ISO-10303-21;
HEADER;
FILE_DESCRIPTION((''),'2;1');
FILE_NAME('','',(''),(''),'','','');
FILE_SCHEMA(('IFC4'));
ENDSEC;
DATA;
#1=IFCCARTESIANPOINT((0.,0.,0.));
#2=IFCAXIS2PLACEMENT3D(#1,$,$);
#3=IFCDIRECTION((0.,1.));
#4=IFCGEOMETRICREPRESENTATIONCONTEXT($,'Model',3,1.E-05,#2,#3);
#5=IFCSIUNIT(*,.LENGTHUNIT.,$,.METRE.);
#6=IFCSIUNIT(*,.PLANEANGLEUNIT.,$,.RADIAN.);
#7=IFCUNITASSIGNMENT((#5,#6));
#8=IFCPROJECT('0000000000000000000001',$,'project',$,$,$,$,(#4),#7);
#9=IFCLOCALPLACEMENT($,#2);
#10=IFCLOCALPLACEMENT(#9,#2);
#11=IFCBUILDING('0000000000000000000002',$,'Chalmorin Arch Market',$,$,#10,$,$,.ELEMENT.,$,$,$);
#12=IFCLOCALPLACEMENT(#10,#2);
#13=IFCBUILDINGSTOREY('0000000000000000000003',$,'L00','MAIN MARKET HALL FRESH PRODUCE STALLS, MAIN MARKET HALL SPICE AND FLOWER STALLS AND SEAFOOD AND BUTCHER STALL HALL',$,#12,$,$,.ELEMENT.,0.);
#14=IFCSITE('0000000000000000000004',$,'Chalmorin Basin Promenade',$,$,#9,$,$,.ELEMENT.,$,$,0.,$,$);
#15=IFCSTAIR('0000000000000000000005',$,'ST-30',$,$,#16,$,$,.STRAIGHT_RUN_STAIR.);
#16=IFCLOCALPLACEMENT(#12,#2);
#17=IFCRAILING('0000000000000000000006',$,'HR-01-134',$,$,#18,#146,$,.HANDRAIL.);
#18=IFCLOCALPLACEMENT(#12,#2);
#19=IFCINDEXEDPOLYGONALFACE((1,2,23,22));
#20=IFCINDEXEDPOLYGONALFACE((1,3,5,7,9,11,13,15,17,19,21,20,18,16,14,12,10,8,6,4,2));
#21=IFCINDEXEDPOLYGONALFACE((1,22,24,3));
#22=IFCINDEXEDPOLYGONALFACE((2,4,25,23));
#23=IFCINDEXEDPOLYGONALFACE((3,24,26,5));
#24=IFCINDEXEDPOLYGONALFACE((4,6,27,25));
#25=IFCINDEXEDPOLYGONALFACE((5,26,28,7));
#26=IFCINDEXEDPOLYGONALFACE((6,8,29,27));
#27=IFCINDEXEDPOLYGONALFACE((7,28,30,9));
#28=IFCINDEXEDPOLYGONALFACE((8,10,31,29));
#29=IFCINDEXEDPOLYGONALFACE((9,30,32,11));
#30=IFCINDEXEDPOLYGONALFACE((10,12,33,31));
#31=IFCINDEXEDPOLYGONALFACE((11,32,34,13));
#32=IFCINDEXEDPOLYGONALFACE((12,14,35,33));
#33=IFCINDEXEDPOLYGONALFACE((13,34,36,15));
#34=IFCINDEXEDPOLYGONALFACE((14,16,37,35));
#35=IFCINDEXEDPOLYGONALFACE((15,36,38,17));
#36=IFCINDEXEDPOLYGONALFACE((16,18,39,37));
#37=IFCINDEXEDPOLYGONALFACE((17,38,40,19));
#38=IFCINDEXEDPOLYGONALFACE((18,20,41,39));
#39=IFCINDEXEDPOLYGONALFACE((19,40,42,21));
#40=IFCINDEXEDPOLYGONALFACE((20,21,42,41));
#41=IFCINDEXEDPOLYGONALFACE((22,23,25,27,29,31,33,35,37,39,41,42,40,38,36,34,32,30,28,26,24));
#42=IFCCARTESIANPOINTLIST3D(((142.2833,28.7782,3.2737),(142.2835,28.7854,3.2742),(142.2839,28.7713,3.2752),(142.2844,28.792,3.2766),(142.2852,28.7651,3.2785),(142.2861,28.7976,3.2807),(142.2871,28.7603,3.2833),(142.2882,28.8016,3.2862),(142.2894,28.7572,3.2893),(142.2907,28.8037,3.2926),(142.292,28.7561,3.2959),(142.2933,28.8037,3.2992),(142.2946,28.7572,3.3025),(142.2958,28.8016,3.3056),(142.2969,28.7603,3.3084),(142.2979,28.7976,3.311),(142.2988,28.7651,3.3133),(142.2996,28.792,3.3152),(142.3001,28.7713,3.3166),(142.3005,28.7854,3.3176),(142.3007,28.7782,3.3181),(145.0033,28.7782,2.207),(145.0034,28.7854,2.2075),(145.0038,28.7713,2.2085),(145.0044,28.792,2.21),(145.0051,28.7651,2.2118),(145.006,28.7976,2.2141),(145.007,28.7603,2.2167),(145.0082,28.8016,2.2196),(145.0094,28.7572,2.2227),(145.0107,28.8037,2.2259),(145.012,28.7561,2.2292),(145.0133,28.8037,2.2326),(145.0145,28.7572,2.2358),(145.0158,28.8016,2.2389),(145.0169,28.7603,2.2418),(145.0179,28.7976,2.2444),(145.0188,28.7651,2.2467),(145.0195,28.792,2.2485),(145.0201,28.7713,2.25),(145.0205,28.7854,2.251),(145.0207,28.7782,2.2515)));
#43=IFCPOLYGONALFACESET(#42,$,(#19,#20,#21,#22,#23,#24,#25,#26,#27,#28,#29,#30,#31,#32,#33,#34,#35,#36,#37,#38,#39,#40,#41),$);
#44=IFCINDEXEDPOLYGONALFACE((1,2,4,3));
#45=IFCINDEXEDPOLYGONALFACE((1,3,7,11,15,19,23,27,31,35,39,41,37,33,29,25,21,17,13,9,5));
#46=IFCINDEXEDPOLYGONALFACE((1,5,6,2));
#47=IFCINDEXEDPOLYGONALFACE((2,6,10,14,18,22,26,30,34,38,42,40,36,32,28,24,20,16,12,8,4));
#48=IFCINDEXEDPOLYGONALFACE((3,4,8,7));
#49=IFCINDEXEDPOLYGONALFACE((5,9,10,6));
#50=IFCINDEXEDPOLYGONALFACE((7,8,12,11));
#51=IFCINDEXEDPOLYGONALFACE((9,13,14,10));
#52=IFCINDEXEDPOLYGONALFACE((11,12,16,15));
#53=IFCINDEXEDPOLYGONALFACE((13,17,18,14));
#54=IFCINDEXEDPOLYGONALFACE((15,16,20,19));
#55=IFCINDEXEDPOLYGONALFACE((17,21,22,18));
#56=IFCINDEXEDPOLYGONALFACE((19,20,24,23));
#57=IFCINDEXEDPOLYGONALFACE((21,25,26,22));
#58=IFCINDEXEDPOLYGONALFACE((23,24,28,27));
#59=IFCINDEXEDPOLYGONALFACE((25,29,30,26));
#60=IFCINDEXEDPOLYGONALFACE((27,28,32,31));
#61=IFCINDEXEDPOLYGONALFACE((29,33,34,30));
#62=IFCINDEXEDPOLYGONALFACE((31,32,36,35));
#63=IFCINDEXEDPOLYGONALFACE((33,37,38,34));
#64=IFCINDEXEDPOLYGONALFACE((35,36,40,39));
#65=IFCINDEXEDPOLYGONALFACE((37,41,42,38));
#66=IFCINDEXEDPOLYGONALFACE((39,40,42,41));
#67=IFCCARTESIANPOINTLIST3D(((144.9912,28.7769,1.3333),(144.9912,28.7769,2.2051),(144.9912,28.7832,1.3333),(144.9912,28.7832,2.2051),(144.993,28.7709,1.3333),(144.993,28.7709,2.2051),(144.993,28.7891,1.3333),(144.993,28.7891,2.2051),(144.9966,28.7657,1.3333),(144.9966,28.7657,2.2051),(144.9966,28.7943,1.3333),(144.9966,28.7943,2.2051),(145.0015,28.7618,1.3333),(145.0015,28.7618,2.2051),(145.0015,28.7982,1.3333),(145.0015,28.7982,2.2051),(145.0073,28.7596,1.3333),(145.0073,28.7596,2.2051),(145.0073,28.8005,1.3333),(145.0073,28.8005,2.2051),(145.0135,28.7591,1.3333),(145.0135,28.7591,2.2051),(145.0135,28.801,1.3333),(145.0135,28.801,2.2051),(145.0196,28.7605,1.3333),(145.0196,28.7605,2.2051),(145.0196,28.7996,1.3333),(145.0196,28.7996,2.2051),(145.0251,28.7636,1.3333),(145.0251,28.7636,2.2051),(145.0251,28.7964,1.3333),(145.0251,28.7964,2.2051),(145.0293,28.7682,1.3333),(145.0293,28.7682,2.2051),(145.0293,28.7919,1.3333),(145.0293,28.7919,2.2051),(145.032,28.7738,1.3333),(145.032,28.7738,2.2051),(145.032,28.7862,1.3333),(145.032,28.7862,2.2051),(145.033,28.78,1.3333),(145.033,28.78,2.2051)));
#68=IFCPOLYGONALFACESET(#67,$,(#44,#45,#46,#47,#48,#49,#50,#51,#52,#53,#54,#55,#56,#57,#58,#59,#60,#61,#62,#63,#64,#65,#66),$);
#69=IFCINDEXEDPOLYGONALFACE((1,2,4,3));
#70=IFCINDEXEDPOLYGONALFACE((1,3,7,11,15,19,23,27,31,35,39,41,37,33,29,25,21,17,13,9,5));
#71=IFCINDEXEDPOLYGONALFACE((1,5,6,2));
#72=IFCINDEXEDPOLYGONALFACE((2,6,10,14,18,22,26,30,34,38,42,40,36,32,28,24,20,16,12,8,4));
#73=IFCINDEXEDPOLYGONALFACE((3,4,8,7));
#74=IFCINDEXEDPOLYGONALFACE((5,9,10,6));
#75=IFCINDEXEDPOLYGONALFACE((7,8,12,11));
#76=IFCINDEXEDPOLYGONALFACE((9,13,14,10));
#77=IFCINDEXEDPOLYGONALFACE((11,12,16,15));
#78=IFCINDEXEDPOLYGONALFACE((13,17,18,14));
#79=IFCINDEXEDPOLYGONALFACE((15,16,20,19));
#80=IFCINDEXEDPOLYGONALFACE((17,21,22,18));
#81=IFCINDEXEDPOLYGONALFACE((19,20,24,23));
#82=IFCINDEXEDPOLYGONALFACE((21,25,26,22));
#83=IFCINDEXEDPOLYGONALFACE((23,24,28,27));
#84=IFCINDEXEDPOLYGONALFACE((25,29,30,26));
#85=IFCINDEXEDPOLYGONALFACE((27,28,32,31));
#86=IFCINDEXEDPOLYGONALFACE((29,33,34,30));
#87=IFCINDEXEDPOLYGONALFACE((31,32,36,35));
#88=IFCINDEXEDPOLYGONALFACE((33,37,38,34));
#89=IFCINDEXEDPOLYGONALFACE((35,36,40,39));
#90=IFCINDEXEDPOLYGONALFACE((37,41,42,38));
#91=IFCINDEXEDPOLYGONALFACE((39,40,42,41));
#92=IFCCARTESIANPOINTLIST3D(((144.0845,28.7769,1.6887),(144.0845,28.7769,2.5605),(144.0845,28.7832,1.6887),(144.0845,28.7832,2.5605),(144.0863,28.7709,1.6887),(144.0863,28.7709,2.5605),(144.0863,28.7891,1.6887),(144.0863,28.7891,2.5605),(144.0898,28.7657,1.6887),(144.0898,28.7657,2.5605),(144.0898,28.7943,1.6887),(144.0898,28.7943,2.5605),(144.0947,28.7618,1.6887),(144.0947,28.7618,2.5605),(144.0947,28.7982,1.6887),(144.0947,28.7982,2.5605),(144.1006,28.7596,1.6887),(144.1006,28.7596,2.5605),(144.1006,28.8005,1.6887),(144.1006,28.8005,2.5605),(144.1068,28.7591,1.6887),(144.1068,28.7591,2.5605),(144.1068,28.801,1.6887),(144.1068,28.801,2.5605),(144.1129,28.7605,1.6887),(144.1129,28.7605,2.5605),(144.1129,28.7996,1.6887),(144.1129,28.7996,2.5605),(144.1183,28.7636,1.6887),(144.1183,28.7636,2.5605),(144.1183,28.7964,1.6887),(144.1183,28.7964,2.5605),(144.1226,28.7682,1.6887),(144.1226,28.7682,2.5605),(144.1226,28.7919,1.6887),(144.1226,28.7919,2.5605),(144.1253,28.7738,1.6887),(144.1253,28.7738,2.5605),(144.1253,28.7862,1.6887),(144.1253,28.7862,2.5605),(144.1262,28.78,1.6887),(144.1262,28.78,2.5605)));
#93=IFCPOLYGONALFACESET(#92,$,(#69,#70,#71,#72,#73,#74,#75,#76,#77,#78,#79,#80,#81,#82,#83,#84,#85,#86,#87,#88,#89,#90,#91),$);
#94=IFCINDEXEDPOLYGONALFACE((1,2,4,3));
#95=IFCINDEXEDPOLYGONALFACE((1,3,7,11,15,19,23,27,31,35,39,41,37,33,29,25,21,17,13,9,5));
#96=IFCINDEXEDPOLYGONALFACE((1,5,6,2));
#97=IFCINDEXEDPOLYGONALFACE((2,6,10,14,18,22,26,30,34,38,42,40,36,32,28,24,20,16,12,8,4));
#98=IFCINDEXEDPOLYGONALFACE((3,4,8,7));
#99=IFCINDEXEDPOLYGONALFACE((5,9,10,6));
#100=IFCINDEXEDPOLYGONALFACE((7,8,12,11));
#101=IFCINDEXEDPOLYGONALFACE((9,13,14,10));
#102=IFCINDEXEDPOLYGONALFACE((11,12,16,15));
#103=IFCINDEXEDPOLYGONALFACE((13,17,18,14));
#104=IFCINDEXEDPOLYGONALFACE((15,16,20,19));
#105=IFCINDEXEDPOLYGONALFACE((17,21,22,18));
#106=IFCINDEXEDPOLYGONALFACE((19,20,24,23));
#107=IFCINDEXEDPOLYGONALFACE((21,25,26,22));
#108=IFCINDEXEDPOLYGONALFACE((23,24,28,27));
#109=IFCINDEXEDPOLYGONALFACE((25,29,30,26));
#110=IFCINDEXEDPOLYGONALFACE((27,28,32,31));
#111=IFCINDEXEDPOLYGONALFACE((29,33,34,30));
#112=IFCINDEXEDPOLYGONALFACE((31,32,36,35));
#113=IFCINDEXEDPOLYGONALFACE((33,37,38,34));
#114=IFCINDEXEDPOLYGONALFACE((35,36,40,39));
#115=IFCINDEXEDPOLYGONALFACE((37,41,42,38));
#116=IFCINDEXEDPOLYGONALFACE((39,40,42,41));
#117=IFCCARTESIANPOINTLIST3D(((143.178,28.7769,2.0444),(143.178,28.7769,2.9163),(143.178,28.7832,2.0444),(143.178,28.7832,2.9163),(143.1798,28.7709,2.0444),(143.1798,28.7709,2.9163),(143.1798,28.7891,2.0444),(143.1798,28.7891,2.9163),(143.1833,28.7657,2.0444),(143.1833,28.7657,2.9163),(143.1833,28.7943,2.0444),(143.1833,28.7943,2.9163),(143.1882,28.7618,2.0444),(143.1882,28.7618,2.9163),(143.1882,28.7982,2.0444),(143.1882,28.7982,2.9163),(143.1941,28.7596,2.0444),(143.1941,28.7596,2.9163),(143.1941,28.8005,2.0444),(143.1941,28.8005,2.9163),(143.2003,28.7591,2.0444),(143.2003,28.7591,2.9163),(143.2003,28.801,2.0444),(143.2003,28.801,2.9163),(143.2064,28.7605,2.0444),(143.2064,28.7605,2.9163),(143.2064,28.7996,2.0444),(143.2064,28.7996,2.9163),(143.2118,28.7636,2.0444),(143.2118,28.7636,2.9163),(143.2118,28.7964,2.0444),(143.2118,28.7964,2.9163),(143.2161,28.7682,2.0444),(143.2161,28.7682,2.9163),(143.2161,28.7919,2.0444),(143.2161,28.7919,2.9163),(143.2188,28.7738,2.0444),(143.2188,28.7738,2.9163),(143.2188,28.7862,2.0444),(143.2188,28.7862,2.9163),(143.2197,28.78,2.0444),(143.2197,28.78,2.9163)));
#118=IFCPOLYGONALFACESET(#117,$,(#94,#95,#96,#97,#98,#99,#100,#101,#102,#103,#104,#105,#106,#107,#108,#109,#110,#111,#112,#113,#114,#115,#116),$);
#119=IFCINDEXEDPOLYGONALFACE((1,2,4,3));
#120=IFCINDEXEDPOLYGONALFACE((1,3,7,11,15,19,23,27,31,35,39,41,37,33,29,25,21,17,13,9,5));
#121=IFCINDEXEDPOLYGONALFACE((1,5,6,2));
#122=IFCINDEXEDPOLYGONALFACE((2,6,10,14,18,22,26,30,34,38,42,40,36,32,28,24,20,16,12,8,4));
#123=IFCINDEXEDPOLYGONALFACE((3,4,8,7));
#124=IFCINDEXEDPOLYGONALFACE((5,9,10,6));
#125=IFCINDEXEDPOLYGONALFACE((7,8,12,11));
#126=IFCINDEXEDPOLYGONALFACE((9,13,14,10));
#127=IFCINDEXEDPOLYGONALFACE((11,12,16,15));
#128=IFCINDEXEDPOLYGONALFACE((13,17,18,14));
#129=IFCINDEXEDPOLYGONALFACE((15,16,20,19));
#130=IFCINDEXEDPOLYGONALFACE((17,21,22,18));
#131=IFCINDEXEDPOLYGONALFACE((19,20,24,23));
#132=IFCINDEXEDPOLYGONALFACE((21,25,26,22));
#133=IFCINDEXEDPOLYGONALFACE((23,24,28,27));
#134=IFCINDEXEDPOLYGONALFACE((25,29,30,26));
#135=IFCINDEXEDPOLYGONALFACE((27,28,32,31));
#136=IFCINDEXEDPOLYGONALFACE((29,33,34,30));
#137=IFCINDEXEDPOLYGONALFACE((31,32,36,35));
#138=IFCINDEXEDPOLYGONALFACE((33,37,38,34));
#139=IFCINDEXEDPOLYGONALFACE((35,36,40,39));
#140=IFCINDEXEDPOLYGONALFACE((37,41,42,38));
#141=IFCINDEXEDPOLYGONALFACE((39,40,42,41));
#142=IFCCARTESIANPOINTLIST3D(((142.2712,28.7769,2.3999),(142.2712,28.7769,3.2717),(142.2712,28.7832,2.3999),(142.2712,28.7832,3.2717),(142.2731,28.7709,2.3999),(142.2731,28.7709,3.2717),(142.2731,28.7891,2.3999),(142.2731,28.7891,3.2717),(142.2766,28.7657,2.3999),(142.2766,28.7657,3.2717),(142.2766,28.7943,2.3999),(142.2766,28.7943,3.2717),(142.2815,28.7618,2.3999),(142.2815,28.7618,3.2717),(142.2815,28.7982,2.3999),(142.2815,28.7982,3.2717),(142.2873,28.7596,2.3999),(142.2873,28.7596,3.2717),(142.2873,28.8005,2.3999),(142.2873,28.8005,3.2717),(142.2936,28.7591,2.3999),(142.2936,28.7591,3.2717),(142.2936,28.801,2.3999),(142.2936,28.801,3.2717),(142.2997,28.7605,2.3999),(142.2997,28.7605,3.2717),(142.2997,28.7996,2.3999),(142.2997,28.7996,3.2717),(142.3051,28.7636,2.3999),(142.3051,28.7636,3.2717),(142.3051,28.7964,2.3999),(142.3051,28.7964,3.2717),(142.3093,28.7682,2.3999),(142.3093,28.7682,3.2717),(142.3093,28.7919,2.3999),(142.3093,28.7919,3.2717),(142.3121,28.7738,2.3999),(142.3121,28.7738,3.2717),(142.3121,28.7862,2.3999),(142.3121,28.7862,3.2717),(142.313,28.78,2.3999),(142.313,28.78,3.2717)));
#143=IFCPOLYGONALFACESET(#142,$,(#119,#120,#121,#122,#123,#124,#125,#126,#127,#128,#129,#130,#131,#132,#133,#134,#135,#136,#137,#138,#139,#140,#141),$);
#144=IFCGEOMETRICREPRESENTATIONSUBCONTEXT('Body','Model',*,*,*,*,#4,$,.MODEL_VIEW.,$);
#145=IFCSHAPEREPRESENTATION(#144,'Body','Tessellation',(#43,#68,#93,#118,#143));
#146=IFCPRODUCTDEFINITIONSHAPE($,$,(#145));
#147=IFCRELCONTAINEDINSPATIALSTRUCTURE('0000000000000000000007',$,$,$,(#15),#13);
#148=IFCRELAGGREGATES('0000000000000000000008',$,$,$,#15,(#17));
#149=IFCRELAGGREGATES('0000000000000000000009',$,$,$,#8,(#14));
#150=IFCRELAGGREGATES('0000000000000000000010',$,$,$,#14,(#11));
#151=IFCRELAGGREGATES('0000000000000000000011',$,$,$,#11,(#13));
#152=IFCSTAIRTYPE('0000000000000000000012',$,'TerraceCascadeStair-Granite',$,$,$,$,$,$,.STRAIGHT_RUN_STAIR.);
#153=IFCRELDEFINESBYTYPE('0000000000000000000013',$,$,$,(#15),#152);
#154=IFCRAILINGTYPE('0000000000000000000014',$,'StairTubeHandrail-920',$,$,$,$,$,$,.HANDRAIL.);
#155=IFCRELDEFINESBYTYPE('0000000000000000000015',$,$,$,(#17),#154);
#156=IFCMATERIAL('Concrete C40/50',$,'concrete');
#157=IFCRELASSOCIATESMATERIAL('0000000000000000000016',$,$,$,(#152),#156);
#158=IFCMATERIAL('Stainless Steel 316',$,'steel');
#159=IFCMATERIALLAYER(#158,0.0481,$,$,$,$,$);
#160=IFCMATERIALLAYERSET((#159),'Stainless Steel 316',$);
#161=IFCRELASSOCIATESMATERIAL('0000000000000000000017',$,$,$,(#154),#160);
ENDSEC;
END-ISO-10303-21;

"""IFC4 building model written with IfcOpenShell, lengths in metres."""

from ifc_helpers import new_model, si_unit, direction, frame, origin, origin_2d, place, context, subcontext, project, spatial, circle, extrude, material, layer, layer_set, type_object, element, aggregate, save


model = new_model("IFC4")

# Units and contexts
model_context = context("Model", 3, precision=1e-05, world=origin(), true_north=direction((0.0, 1.0)))
body_context = subcontext(model_context, "Body", "Model", "MODEL_VIEW")
ifc_project = project(units=[si_unit("LENGTHUNIT", "METRE"), si_unit("PLANEANGLEUNIT", "RADIAN")], contexts=[model_context])

# Site, building, storey
site_placement = place(None, origin())
site = spatial("IfcSite", under=ifc_project, at=site_placement, Name="Chalmorin Basin Promenade", CompositionType="ELEMENT", RefElevation=0.0)
building_placement = place(site_placement, origin())
building = spatial("IfcBuilding", under=site, at=building_placement, Name="Chalmorin Arch Market", CompositionType="ELEMENT")
storey_placement = place(building_placement, origin())
storey = spatial("IfcBuildingStorey", under=building, at=storey_placement, Name="L00", Description="MAIN MARKET HALL FRESH PRODUCE STALLS, MAIN MARKET HALL SPICE AND FLOWER STALLS AND SEAFOOD AND BUTCHER STALL HALL", CompositionType="ELEMENT", Elevation=0.0)

# Shared definitions
ifc_material_1 = material(Name="Concrete C40/50", Category="concrete")

# Stair
stair_type = type_object("IfcStairType", Name="TerraceCascadeStair-Granite", PredefinedType="STRAIGHT_RUN_STAIR", material=ifc_material_1)
stair_1_placement = place(storey_placement, origin())
stair_1 = element("IfcStair", 1, at=stair_1_placement, inside=storey, type_object=stair_type, Name="ST-30", PredefinedType="STRAIGHT_RUN_STAIR")

# Railing
ifc_material_2 = material(Name="Stainless Steel 316", Category="steel")
ifc_layer_1 = layer(ifc_material_2, 0.0481)
ifc_layer_set_1 = layer_set([ifc_layer_1], Name="Stainless Steel 316")
railing_type_1 = type_object("IfcRailingType", Name="StairTubeHandrail-920", PredefinedType="HANDRAIL", material=ifc_layer_set_1)
railing_1_placement = place(storey_placement, frame((145.012, 28.78, 1.3333)))
railing_1 = element("IfcRailing", 2, at=railing_1_placement, type_object=railing_type_1, Name="HR-01-134", PredefinedType="HANDRAIL", context=body_context, shape_type="SweptSolid", body=[
    extrude(circle(Radius=0.0239, at=origin_2d()), frame((0.0, 0.0, 0.896), z_axis=(-0.930974, 0.0, 0.365086), x_axis=(0.0, -1.0, 0.0)), (0.0, 0.0, 1.0), 2.9216),
    extrude(circle(Radius=0.021, at=origin_2d()), origin(), (0.0, 0.0, 1.0), 0.8718),
    extrude(circle(Radius=0.021, at=origin_2d()), frame((-0.9067, 0.0, 0.3555)), (0.0, 0.0, 1.0), 0.8718),
    extrude(circle(Radius=0.021, at=origin_2d()), frame((-1.8132, 0.0, 0.7112)), (0.0, 0.0, 1.0), 0.8718),
    extrude(circle(Radius=0.021, at=origin_2d()), frame((-2.72, 0.0, 1.0667)), (0.0, 0.0, 1.0), 0.8718),
])
aggregate(stair_1, [railing_1])

save(model, "model.ifc")
